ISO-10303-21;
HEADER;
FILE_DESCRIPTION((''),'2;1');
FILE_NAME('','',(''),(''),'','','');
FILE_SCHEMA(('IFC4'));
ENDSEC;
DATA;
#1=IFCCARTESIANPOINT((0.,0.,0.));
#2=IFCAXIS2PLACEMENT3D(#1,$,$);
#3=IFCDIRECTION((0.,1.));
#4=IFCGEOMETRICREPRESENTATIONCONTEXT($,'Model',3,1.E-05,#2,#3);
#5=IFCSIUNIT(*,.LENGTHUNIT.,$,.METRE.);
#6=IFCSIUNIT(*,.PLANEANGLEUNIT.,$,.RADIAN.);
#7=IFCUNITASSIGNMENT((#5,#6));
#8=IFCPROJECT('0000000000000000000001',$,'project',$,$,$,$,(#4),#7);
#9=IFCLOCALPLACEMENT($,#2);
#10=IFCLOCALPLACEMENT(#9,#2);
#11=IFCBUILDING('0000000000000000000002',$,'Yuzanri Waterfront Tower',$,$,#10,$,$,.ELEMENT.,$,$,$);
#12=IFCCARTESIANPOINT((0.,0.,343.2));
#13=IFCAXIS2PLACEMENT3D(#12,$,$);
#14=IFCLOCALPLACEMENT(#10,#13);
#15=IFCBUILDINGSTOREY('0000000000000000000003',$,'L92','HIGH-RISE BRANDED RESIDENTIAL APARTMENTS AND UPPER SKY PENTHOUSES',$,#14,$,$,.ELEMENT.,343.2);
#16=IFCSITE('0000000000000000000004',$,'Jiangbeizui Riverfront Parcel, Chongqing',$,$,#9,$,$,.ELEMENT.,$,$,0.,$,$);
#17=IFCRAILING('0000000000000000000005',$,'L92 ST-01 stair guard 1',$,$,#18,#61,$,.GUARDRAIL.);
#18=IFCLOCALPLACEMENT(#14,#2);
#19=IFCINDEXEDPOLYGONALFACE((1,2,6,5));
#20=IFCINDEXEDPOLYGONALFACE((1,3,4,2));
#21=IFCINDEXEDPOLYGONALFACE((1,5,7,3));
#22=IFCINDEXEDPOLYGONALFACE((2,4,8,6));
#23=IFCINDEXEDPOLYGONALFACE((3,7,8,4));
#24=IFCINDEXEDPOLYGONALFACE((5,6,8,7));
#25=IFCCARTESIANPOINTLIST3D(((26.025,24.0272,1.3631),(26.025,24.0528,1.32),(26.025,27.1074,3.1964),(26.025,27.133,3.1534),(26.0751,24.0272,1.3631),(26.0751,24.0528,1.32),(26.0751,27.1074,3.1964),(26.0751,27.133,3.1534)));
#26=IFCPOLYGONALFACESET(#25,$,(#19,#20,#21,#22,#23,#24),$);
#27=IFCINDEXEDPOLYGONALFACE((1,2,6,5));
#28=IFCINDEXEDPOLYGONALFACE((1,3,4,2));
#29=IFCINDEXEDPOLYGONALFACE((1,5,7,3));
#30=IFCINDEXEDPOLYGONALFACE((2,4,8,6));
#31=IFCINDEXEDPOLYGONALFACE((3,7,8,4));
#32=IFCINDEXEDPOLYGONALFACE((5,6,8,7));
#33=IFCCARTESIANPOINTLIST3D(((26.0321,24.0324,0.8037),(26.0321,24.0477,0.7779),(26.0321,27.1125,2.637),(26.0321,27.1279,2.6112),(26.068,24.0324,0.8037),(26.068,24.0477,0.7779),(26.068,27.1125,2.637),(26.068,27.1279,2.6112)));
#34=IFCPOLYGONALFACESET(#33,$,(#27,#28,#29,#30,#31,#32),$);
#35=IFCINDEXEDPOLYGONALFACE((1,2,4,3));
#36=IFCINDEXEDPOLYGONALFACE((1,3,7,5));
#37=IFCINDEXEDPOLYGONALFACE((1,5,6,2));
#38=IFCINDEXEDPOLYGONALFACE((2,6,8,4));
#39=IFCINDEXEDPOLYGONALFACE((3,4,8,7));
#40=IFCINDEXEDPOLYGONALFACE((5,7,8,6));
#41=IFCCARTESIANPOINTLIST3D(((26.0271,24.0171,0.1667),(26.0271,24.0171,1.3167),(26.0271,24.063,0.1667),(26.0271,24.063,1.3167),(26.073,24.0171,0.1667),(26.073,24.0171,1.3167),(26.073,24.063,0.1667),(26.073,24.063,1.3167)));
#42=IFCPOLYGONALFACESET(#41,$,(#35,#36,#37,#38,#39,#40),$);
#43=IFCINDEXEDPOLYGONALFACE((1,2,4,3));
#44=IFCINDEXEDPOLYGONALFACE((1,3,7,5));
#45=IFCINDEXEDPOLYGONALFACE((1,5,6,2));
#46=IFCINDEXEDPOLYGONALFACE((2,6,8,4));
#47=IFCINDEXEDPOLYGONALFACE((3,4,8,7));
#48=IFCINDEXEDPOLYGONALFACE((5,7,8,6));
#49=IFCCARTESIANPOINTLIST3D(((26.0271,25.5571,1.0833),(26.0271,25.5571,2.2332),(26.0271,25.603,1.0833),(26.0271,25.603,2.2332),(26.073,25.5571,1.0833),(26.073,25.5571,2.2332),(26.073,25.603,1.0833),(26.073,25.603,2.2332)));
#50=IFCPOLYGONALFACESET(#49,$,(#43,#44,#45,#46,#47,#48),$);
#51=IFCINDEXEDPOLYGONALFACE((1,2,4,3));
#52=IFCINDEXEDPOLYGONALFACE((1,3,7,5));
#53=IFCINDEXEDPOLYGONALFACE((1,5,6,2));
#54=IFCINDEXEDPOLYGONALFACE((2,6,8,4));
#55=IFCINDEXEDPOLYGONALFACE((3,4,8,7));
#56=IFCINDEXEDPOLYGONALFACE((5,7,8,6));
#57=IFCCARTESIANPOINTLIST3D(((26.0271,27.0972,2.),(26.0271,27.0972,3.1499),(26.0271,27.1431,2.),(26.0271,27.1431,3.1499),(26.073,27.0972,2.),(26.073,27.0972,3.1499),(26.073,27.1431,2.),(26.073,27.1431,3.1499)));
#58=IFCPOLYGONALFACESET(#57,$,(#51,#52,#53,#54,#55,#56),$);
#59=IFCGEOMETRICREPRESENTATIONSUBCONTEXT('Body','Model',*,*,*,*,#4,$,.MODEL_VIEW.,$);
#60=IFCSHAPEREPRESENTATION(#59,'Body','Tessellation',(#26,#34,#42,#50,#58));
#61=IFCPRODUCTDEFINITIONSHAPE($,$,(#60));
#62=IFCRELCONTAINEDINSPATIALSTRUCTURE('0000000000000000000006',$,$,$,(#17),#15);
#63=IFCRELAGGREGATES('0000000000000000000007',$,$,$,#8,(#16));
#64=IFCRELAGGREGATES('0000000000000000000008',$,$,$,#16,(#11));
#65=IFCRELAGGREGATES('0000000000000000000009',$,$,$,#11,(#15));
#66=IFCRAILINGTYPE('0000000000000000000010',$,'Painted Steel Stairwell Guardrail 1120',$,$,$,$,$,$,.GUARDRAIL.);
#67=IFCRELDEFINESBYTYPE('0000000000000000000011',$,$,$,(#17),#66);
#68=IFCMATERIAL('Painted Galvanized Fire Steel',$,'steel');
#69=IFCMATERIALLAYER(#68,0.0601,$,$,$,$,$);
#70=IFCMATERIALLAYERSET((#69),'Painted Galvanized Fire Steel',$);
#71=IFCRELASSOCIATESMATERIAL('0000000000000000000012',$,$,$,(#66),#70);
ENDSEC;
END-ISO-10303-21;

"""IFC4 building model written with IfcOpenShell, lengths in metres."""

from ifc_helpers import new_model, si_unit, direction, frame, origin, origin_2d, place, context, subcontext, project, spatial, rectangle, extrude, source, transform, mapped, material, layer, layer_set, type_object, element, save


model = new_model("IFC4")

# Units and contexts
model_context = context("Model", 3, precision=1e-05, world=origin(), true_north=direction((0.0, 1.0)))
body_context = subcontext(model_context, "Body", "Model", "MODEL_VIEW")
ifc_project = project(units=[si_unit("LENGTHUNIT", "METRE"), si_unit("PLANEANGLEUNIT", "RADIAN")], contexts=[model_context])

# Site, building, storey
site_placement = place(None, origin())
site = spatial("IfcSite", under=ifc_project, at=site_placement, Name="Jiangbeizui Riverfront Parcel, Chongqing", CompositionType="ELEMENT", RefElevation=0.0)
building_placement = place(site_placement, origin())
building = spatial("IfcBuilding", under=site, at=building_placement, Name="Yuzanri Waterfront Tower", CompositionType="ELEMENT")
storey_placement = place(building_placement, frame((0.0, 0.0, 343.2)))
storey = spatial("IfcBuildingStorey", under=building, at=storey_placement, Name="L92", Description="HIGH-RISE BRANDED RESIDENTIAL APARTMENTS AND UPPER SKY PENTHOUSES", CompositionType="ELEMENT", Elevation=343.2)

# Railing
ifc_material_1 = material(Name="Painted Galvanized Fire Steel", Category="steel")
ifc_layer_1 = layer(ifc_material_1, 0.0601)
ifc_layer_set_1 = layer_set([ifc_layer_1], Name="Painted Galvanized Fire Steel")
railing_type = type_object("IfcRailingType", Name="Painted Steel Stairwell Guardrail 1120", PredefinedType="GUARDRAIL", material=ifc_layer_set_1)
shared_shape_1 = source(origin(), body_context, "Body", "SweptSolid", [
    extrude(rectangle(XDim=0.05, YDim=0.05, at=origin_2d()), frame((0.0, 0.0, 1.1748), z_axis=(0.0, 0.859309, 0.511458), x_axis=(-1.0, 0.0, 0.0)), (0.0, 0.0, 1.0), 3.5845),
    extrude(rectangle(XDim=0.0359, YDim=0.03, at=origin_2d()), frame((0.0, 0.0, 0.624), z_axis=(0.0, 0.859309, 0.511458), x_axis=(-1.0, 0.0, 0.0)), (0.0, 0.0, 1.0), 3.5845),
    extrude(rectangle(XDim=0.0459, YDim=0.0459, at=origin_2d()), origin(), (0.0, 0.0, 1.0), 1.1499),
    extrude(rectangle(XDim=0.0459, YDim=0.0459, at=origin_2d()), frame((0.0, 1.54, 0.9165)), (0.0, 0.0, 1.0), 1.1499),
    extrude(rectangle(XDim=0.0459, YDim=0.0459, at=origin_2d()), frame((0.0, 3.0801, 1.8333)), (0.0, 0.0, 1.0), 1.1499),
])
railing_1_placement = place(storey_placement, frame((26.05, 24.04, 0.1667)))
element("IfcRailing", 1, at=railing_1_placement, inside=storey, type_object=railing_type, Name="L92 ST-01 stair guard 1", PredefinedType="GUARDRAIL", context=body_context, shape_type="MappedRepresentation", body=[
    mapped(shared_shape_1, transform((0.0, 0.0, 0.0), scale=1.0)),
])

save(model, "model.ifc")
